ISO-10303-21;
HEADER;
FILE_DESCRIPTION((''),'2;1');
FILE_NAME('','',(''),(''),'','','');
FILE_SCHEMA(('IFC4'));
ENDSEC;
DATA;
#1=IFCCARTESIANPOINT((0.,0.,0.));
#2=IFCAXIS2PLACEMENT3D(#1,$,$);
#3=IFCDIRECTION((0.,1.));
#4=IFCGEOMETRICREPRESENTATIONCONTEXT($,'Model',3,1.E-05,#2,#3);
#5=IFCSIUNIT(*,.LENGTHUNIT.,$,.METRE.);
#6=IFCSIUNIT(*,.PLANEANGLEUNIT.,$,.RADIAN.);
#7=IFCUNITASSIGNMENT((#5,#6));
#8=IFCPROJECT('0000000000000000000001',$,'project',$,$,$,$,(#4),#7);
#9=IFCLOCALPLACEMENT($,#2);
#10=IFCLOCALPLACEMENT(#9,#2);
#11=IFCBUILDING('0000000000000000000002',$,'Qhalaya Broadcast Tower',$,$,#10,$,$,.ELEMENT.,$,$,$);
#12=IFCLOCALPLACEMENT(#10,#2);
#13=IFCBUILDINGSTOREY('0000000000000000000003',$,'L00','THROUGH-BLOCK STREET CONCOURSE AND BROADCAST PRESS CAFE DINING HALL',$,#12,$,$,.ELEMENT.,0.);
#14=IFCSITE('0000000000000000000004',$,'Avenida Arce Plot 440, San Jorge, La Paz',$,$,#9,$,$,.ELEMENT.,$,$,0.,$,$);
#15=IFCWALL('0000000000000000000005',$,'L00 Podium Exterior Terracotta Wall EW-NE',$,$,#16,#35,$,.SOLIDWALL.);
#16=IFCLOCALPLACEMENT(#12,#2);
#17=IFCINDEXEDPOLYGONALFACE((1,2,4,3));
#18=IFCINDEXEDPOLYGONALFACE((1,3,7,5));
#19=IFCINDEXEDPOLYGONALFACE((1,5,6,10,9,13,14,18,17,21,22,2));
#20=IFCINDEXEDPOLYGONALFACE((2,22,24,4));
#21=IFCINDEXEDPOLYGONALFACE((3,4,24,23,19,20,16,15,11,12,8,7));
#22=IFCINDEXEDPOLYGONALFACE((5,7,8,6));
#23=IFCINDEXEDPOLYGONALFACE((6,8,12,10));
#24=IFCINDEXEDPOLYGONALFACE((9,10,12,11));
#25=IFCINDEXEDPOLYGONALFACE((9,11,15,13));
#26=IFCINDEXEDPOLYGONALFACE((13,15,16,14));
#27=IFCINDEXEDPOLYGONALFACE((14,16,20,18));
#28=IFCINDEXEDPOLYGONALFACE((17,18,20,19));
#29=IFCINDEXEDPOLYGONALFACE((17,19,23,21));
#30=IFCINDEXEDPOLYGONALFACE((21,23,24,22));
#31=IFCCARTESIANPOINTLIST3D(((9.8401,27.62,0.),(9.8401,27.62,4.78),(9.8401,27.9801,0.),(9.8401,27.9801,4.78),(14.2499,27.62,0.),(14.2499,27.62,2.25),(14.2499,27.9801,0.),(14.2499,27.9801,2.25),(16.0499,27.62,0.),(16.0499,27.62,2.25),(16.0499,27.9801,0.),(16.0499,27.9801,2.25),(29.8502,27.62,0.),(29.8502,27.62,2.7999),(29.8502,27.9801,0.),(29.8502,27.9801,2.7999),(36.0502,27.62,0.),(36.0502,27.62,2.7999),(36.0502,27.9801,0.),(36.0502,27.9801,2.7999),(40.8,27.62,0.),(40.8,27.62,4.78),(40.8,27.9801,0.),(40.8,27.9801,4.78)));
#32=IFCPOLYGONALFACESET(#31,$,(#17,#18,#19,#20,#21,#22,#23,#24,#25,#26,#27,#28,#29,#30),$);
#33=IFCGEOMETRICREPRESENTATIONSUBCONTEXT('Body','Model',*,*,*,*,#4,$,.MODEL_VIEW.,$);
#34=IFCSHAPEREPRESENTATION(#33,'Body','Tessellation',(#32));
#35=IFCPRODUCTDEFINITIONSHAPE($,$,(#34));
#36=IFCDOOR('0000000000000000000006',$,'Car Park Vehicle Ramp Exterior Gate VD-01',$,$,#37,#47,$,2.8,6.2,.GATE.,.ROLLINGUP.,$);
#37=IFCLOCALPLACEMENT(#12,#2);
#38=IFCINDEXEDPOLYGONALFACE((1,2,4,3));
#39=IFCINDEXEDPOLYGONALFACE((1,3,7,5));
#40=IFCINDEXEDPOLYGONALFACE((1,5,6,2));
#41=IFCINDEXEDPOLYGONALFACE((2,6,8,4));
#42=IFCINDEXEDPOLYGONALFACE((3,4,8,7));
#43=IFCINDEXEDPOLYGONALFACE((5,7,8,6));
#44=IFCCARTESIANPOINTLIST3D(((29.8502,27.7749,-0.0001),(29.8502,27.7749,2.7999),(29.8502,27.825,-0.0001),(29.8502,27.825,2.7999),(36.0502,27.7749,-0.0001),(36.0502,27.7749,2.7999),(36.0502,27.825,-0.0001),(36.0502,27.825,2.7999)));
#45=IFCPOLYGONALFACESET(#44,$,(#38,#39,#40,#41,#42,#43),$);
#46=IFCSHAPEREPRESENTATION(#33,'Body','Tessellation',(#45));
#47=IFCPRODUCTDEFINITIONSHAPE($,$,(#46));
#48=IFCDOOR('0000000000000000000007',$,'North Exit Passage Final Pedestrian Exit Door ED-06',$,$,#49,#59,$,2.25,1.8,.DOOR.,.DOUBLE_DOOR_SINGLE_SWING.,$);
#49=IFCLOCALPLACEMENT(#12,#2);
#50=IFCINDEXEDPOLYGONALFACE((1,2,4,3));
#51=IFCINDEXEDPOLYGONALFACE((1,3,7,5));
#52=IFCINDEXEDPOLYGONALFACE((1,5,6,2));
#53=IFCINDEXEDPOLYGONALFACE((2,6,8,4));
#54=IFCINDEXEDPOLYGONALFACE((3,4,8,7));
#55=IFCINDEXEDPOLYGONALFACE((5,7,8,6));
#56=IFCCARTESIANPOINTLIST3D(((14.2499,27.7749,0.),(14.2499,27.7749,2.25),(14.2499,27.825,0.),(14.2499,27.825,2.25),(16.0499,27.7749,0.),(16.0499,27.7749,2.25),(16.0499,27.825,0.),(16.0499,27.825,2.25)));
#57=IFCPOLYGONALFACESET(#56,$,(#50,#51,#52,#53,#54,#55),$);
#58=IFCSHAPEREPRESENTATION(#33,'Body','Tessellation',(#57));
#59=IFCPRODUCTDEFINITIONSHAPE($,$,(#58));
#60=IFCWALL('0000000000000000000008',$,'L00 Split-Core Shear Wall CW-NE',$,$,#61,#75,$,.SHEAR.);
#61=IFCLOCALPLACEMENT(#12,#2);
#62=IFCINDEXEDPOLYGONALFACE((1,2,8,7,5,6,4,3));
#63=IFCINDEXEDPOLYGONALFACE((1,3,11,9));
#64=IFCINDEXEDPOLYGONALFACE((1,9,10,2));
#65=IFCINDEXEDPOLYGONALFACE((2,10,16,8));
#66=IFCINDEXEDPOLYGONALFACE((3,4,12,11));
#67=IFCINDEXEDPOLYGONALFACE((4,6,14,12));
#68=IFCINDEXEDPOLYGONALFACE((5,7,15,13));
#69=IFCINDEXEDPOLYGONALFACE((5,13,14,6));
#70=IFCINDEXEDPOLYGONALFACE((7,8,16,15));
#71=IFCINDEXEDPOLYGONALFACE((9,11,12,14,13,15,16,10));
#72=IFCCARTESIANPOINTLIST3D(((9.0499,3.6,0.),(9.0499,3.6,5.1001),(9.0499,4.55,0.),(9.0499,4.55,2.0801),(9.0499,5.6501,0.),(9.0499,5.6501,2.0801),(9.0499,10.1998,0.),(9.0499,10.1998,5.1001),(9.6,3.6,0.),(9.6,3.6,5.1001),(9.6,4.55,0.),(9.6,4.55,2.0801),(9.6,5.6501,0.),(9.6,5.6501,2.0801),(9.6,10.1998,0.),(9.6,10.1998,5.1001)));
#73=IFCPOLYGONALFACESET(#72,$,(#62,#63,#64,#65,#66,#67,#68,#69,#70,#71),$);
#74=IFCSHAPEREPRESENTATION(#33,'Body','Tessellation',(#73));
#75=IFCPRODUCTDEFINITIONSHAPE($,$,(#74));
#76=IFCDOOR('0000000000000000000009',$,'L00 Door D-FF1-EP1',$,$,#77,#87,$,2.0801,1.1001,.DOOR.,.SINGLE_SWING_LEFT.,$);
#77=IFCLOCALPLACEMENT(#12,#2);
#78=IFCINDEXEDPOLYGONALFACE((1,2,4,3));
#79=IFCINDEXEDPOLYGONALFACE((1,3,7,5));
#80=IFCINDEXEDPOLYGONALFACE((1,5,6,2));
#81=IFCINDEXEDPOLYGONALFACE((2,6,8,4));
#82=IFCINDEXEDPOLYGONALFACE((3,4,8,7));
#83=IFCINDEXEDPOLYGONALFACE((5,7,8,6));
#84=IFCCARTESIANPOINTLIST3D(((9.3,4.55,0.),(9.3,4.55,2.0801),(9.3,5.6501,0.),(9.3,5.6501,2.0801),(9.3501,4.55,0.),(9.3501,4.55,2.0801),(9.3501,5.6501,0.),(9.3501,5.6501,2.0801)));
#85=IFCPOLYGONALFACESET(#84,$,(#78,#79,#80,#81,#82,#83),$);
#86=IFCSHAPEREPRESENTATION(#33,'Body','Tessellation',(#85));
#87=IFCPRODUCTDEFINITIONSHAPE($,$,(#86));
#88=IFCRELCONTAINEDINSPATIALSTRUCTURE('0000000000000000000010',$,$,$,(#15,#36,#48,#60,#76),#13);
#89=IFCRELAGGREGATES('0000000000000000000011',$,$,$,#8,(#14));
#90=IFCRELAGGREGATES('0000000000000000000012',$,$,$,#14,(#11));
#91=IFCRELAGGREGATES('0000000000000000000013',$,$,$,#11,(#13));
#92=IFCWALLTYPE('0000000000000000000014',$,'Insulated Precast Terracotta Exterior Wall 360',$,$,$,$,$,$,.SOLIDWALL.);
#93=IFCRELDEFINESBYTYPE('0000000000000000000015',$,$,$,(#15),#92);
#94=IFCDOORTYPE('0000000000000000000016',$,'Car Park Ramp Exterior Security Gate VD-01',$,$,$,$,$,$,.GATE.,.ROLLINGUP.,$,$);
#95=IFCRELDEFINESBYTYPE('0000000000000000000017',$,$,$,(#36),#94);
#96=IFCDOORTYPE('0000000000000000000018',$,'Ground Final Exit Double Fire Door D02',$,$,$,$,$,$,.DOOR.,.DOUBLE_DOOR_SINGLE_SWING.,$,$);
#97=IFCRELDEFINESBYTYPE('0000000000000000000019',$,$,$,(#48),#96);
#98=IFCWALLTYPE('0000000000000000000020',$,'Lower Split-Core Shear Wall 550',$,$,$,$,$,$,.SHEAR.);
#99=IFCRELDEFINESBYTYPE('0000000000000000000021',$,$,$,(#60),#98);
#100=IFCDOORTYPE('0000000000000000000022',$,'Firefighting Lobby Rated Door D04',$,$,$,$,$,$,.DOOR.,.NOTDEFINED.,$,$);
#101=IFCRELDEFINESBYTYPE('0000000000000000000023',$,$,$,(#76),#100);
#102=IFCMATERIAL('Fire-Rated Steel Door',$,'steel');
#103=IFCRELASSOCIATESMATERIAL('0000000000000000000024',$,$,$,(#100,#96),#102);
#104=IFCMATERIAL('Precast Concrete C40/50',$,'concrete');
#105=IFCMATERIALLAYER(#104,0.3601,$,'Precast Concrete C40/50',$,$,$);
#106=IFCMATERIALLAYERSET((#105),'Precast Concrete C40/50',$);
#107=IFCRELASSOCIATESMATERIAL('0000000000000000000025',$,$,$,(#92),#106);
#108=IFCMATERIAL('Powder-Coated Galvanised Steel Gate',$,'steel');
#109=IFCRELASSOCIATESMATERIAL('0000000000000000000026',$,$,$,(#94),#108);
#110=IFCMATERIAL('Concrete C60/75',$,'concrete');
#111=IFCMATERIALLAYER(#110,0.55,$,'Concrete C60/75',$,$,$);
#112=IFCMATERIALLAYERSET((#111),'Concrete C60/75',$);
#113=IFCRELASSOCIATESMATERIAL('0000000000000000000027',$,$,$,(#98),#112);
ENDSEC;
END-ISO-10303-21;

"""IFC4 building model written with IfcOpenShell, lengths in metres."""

from ifc_helpers import new_model, si_unit, direction, frame, frame_2d, origin, place, context, subcontext, project, spatial, rectangle, extrude, material, layer, layer_set, type_object, element, fill, save


model = new_model("IFC4")

# Units and contexts
model_context = context("Model", 3, precision=1e-05, world=origin(), true_north=direction((0.0, 1.0)))
body_context = subcontext(model_context, "Body", "Model", "MODEL_VIEW")
ifc_project = project(units=[si_unit("LENGTHUNIT", "METRE"), si_unit("PLANEANGLEUNIT", "RADIAN")], contexts=[model_context])

# Site, building, storey
site_placement = place(None, origin())
site = spatial("IfcSite", under=ifc_project, at=site_placement, Name="Avenida Arce Plot 440, San Jorge, La Paz", CompositionType="ELEMENT", RefElevation=0.0)
building_placement = place(site_placement, origin())
building = spatial("IfcBuilding", under=site, at=building_placement, Name="Qhalaya Broadcast Tower", CompositionType="ELEMENT")
storey_placement = place(building_placement, origin())
storey = spatial("IfcBuildingStorey", under=building, at=storey_placement, Name="L00", Description="THROUGH-BLOCK STREET CONCOURSE AND BROADCAST PRESS CAFE DINING HALL", CompositionType="ELEMENT", Elevation=0.0)

# Shared definitions
ifc_material_1 = material(Name="Concrete C60/75", Category="concrete")

# Shared definitions
ifc_material_2 = material(Name="Fire-Rated Steel Door", Category="steel")
door_type_1 = type_object("IfcDoorType", Name="Firefighting Lobby Rated Door D04", OperationType="NOTDEFINED", PredefinedType="DOOR", material=ifc_material_2)

# Wall, openings, doors
ifc_material_3 = material(Name="Precast Concrete C40/50", Category="concrete")
ifc_layer_1 = layer(ifc_material_3, 0.3601, Name="Precast Concrete C40/50")
ifc_layer_set_1 = layer_set([ifc_layer_1], Name="Precast Concrete C40/50")
wall_type_1 = type_object("IfcWallType", Name="Insulated Precast Terracotta Exterior Wall 360", PredefinedType="SOLIDWALL", material=ifc_layer_set_1)
wall_1_placement = place(storey_placement, frame((9.8401, 27.8, 0.0), z_axis=(0.0, 0.0, 1.0), x_axis=(1.0, 0.0, 0.0)))
wall_1 = element("IfcWall", 1, at=wall_1_placement, inside=storey, type_object=wall_type_1, Name="L00 Podium Exterior Terracotta Wall EW-NE", PredefinedType="SOLIDWALL", context=body_context, shape_type="SweptSolid", body=[
    extrude(rectangle(XDim=30.96, YDim=0.3601, at=frame_2d((15.48, 0.0))), origin(), (0.0, 0.0, 1.0), 4.78),
])
opening_1_placement = place(wall_1_placement, frame((20.01, 0.0, 0.0)))
opening_1 = element("IfcOpeningElement", 2, at=opening_1_placement, cuts=wall_1, PredefinedType="OPENING", context=body_context, shape_type="SweptSolid", body=[
    extrude(rectangle(XDim=6.2, YDim=2.8, at=frame_2d((3.1001, 1.3999))), frame((0.0, 0.1921, 0.0), z_axis=(0.0, -1.0, 0.0), x_axis=(1.0, 0.0, 0.0)), (0.0, 0.0, 1.0), 0.384),
])
opening_2_placement = place(wall_1_placement, frame((4.4099, 0.0, 0.0)))
opening_2 = element("IfcOpeningElement", 3, at=opening_2_placement, cuts=wall_1, PredefinedType="OPENING", context=body_context, shape_type="SweptSolid", body=[
    extrude(rectangle(XDim=1.8, YDim=2.25, at=frame_2d((0.8999, 1.125))), frame((0.0, 0.1921, 0.0), z_axis=(0.0, -1.0, 0.0), x_axis=(1.0, 0.0, 0.0)), (0.0, 0.0, 1.0), 0.384),
])
ifc_material_4 = material(Name="Powder-Coated Galvanised Steel Gate", Category="steel")
door_type_2 = type_object("IfcDoorType", Name="Car Park Ramp Exterior Security Gate VD-01", OperationType="ROLLINGUP", PredefinedType="GATE", material=ifc_material_4)
door_1_placement = place(opening_1_placement, origin())
door_1 = element("IfcDoor", 4, at=door_1_placement, inside=storey, type_object=door_type_2, Name="Car Park Vehicle Ramp Exterior Gate VD-01", OperationType="ROLLINGUP", OverallHeight=2.8, OverallWidth=6.2, PredefinedType="GATE", context=body_context, shape_type="SweptSolid", body=[
    extrude(rectangle(XDim=6.2, YDim=2.8, at=frame_2d((3.1001, 1.3999))), frame((0.0, 0.0249, 0.0), z_axis=(0.0, -1.0, 0.0), x_axis=(1.0, 0.0, 0.0)), (0.0, 0.0, 1.0), 0.05),
])
fill(opening_1, door_1)
door_type_3 = type_object("IfcDoorType", Name="Ground Final Exit Double Fire Door D02", OperationType="DOUBLE_DOOR_SINGLE_SWING", PredefinedType="DOOR", material=ifc_material_2)
door_2_placement = place(opening_2_placement, origin())
door_2 = element("IfcDoor", 5, at=door_2_placement, inside=storey, type_object=door_type_3, Name="North Exit Passage Final Pedestrian Exit Door ED-06", OperationType="DOUBLE_DOOR_SINGLE_SWING", OverallHeight=2.25, OverallWidth=1.8, PredefinedType="DOOR", context=body_context, shape_type="SweptSolid", body=[
    extrude(rectangle(XDim=1.8, YDim=2.25, at=frame_2d((0.8999, 1.125))), frame((0.0, 0.0249, 0.0), z_axis=(0.0, -1.0, 0.0), x_axis=(1.0, 0.0, 0.0)), (0.0, 0.0, 1.0), 0.05),
])
fill(opening_2, door_2)

# Wall, opening, door
ifc_layer_2 = layer(ifc_material_1, 0.55, Name="Concrete C60/75")
ifc_layer_set_2 = layer_set([ifc_layer_2], Name="Concrete C60/75")
wall_type_2 = type_object("IfcWallType", Name="Lower Split-Core Shear Wall 550", PredefinedType="SHEAR", material=ifc_layer_set_2)
wall_2_placement = place(storey_placement, frame((9.325, 3.6001, 0.0), z_axis=(0.0, 0.0, 1.0), x_axis=(0.0, 1.0, 0.0)))
wall_2 = element("IfcWall", 6, at=wall_2_placement, inside=storey, type_object=wall_type_2, Name="L00 Split-Core Shear Wall CW-NE", PredefinedType="SHEAR", context=body_context, shape_type="SweptSolid", body=[
    extrude(rectangle(XDim=6.5999, YDim=0.55, at=frame_2d((3.2998, 0.0))), origin(), (0.0, 0.0, 1.0), 5.1001),
])
opening_3_placement = place(wall_2_placement, frame((0.95, 0.0, 0.0)))
opening_3 = element("IfcOpeningElement", 7, at=opening_3_placement, cuts=wall_2, PredefinedType="OPENING", context=body_context, shape_type="SweptSolid", body=[
    extrude(rectangle(XDim=1.1001, YDim=2.0801, at=frame_2d((0.55, 1.04))), frame((0.0, 0.2871, 0.0), z_axis=(0.0, -1.0, 0.0), x_axis=(1.0, 0.0, 0.0)), (0.0, 0.0, 1.0), 0.574),
])
door_3_placement = place(opening_3_placement, origin())
door_3 = element("IfcDoor", 8, at=door_3_placement, inside=storey, type_object=door_type_1, Name="L00 Door D-FF1-EP1", OperationType="SINGLE_SWING_LEFT", OverallHeight=2.0801, OverallWidth=1.1001, PredefinedType="DOOR", context=body_context, shape_type="SweptSolid", body=[
    extrude(rectangle(XDim=1.1001, YDim=2.0801, at=frame_2d((0.55, 1.04))), frame((0.0, 0.0249, 0.0), z_axis=(0.0, -1.0, 0.0), x_axis=(1.0, 0.0, 0.0)), (0.0, 0.0, 1.0), 0.05),
])
fill(opening_3, door_3)

save(model, "model.ifc")
